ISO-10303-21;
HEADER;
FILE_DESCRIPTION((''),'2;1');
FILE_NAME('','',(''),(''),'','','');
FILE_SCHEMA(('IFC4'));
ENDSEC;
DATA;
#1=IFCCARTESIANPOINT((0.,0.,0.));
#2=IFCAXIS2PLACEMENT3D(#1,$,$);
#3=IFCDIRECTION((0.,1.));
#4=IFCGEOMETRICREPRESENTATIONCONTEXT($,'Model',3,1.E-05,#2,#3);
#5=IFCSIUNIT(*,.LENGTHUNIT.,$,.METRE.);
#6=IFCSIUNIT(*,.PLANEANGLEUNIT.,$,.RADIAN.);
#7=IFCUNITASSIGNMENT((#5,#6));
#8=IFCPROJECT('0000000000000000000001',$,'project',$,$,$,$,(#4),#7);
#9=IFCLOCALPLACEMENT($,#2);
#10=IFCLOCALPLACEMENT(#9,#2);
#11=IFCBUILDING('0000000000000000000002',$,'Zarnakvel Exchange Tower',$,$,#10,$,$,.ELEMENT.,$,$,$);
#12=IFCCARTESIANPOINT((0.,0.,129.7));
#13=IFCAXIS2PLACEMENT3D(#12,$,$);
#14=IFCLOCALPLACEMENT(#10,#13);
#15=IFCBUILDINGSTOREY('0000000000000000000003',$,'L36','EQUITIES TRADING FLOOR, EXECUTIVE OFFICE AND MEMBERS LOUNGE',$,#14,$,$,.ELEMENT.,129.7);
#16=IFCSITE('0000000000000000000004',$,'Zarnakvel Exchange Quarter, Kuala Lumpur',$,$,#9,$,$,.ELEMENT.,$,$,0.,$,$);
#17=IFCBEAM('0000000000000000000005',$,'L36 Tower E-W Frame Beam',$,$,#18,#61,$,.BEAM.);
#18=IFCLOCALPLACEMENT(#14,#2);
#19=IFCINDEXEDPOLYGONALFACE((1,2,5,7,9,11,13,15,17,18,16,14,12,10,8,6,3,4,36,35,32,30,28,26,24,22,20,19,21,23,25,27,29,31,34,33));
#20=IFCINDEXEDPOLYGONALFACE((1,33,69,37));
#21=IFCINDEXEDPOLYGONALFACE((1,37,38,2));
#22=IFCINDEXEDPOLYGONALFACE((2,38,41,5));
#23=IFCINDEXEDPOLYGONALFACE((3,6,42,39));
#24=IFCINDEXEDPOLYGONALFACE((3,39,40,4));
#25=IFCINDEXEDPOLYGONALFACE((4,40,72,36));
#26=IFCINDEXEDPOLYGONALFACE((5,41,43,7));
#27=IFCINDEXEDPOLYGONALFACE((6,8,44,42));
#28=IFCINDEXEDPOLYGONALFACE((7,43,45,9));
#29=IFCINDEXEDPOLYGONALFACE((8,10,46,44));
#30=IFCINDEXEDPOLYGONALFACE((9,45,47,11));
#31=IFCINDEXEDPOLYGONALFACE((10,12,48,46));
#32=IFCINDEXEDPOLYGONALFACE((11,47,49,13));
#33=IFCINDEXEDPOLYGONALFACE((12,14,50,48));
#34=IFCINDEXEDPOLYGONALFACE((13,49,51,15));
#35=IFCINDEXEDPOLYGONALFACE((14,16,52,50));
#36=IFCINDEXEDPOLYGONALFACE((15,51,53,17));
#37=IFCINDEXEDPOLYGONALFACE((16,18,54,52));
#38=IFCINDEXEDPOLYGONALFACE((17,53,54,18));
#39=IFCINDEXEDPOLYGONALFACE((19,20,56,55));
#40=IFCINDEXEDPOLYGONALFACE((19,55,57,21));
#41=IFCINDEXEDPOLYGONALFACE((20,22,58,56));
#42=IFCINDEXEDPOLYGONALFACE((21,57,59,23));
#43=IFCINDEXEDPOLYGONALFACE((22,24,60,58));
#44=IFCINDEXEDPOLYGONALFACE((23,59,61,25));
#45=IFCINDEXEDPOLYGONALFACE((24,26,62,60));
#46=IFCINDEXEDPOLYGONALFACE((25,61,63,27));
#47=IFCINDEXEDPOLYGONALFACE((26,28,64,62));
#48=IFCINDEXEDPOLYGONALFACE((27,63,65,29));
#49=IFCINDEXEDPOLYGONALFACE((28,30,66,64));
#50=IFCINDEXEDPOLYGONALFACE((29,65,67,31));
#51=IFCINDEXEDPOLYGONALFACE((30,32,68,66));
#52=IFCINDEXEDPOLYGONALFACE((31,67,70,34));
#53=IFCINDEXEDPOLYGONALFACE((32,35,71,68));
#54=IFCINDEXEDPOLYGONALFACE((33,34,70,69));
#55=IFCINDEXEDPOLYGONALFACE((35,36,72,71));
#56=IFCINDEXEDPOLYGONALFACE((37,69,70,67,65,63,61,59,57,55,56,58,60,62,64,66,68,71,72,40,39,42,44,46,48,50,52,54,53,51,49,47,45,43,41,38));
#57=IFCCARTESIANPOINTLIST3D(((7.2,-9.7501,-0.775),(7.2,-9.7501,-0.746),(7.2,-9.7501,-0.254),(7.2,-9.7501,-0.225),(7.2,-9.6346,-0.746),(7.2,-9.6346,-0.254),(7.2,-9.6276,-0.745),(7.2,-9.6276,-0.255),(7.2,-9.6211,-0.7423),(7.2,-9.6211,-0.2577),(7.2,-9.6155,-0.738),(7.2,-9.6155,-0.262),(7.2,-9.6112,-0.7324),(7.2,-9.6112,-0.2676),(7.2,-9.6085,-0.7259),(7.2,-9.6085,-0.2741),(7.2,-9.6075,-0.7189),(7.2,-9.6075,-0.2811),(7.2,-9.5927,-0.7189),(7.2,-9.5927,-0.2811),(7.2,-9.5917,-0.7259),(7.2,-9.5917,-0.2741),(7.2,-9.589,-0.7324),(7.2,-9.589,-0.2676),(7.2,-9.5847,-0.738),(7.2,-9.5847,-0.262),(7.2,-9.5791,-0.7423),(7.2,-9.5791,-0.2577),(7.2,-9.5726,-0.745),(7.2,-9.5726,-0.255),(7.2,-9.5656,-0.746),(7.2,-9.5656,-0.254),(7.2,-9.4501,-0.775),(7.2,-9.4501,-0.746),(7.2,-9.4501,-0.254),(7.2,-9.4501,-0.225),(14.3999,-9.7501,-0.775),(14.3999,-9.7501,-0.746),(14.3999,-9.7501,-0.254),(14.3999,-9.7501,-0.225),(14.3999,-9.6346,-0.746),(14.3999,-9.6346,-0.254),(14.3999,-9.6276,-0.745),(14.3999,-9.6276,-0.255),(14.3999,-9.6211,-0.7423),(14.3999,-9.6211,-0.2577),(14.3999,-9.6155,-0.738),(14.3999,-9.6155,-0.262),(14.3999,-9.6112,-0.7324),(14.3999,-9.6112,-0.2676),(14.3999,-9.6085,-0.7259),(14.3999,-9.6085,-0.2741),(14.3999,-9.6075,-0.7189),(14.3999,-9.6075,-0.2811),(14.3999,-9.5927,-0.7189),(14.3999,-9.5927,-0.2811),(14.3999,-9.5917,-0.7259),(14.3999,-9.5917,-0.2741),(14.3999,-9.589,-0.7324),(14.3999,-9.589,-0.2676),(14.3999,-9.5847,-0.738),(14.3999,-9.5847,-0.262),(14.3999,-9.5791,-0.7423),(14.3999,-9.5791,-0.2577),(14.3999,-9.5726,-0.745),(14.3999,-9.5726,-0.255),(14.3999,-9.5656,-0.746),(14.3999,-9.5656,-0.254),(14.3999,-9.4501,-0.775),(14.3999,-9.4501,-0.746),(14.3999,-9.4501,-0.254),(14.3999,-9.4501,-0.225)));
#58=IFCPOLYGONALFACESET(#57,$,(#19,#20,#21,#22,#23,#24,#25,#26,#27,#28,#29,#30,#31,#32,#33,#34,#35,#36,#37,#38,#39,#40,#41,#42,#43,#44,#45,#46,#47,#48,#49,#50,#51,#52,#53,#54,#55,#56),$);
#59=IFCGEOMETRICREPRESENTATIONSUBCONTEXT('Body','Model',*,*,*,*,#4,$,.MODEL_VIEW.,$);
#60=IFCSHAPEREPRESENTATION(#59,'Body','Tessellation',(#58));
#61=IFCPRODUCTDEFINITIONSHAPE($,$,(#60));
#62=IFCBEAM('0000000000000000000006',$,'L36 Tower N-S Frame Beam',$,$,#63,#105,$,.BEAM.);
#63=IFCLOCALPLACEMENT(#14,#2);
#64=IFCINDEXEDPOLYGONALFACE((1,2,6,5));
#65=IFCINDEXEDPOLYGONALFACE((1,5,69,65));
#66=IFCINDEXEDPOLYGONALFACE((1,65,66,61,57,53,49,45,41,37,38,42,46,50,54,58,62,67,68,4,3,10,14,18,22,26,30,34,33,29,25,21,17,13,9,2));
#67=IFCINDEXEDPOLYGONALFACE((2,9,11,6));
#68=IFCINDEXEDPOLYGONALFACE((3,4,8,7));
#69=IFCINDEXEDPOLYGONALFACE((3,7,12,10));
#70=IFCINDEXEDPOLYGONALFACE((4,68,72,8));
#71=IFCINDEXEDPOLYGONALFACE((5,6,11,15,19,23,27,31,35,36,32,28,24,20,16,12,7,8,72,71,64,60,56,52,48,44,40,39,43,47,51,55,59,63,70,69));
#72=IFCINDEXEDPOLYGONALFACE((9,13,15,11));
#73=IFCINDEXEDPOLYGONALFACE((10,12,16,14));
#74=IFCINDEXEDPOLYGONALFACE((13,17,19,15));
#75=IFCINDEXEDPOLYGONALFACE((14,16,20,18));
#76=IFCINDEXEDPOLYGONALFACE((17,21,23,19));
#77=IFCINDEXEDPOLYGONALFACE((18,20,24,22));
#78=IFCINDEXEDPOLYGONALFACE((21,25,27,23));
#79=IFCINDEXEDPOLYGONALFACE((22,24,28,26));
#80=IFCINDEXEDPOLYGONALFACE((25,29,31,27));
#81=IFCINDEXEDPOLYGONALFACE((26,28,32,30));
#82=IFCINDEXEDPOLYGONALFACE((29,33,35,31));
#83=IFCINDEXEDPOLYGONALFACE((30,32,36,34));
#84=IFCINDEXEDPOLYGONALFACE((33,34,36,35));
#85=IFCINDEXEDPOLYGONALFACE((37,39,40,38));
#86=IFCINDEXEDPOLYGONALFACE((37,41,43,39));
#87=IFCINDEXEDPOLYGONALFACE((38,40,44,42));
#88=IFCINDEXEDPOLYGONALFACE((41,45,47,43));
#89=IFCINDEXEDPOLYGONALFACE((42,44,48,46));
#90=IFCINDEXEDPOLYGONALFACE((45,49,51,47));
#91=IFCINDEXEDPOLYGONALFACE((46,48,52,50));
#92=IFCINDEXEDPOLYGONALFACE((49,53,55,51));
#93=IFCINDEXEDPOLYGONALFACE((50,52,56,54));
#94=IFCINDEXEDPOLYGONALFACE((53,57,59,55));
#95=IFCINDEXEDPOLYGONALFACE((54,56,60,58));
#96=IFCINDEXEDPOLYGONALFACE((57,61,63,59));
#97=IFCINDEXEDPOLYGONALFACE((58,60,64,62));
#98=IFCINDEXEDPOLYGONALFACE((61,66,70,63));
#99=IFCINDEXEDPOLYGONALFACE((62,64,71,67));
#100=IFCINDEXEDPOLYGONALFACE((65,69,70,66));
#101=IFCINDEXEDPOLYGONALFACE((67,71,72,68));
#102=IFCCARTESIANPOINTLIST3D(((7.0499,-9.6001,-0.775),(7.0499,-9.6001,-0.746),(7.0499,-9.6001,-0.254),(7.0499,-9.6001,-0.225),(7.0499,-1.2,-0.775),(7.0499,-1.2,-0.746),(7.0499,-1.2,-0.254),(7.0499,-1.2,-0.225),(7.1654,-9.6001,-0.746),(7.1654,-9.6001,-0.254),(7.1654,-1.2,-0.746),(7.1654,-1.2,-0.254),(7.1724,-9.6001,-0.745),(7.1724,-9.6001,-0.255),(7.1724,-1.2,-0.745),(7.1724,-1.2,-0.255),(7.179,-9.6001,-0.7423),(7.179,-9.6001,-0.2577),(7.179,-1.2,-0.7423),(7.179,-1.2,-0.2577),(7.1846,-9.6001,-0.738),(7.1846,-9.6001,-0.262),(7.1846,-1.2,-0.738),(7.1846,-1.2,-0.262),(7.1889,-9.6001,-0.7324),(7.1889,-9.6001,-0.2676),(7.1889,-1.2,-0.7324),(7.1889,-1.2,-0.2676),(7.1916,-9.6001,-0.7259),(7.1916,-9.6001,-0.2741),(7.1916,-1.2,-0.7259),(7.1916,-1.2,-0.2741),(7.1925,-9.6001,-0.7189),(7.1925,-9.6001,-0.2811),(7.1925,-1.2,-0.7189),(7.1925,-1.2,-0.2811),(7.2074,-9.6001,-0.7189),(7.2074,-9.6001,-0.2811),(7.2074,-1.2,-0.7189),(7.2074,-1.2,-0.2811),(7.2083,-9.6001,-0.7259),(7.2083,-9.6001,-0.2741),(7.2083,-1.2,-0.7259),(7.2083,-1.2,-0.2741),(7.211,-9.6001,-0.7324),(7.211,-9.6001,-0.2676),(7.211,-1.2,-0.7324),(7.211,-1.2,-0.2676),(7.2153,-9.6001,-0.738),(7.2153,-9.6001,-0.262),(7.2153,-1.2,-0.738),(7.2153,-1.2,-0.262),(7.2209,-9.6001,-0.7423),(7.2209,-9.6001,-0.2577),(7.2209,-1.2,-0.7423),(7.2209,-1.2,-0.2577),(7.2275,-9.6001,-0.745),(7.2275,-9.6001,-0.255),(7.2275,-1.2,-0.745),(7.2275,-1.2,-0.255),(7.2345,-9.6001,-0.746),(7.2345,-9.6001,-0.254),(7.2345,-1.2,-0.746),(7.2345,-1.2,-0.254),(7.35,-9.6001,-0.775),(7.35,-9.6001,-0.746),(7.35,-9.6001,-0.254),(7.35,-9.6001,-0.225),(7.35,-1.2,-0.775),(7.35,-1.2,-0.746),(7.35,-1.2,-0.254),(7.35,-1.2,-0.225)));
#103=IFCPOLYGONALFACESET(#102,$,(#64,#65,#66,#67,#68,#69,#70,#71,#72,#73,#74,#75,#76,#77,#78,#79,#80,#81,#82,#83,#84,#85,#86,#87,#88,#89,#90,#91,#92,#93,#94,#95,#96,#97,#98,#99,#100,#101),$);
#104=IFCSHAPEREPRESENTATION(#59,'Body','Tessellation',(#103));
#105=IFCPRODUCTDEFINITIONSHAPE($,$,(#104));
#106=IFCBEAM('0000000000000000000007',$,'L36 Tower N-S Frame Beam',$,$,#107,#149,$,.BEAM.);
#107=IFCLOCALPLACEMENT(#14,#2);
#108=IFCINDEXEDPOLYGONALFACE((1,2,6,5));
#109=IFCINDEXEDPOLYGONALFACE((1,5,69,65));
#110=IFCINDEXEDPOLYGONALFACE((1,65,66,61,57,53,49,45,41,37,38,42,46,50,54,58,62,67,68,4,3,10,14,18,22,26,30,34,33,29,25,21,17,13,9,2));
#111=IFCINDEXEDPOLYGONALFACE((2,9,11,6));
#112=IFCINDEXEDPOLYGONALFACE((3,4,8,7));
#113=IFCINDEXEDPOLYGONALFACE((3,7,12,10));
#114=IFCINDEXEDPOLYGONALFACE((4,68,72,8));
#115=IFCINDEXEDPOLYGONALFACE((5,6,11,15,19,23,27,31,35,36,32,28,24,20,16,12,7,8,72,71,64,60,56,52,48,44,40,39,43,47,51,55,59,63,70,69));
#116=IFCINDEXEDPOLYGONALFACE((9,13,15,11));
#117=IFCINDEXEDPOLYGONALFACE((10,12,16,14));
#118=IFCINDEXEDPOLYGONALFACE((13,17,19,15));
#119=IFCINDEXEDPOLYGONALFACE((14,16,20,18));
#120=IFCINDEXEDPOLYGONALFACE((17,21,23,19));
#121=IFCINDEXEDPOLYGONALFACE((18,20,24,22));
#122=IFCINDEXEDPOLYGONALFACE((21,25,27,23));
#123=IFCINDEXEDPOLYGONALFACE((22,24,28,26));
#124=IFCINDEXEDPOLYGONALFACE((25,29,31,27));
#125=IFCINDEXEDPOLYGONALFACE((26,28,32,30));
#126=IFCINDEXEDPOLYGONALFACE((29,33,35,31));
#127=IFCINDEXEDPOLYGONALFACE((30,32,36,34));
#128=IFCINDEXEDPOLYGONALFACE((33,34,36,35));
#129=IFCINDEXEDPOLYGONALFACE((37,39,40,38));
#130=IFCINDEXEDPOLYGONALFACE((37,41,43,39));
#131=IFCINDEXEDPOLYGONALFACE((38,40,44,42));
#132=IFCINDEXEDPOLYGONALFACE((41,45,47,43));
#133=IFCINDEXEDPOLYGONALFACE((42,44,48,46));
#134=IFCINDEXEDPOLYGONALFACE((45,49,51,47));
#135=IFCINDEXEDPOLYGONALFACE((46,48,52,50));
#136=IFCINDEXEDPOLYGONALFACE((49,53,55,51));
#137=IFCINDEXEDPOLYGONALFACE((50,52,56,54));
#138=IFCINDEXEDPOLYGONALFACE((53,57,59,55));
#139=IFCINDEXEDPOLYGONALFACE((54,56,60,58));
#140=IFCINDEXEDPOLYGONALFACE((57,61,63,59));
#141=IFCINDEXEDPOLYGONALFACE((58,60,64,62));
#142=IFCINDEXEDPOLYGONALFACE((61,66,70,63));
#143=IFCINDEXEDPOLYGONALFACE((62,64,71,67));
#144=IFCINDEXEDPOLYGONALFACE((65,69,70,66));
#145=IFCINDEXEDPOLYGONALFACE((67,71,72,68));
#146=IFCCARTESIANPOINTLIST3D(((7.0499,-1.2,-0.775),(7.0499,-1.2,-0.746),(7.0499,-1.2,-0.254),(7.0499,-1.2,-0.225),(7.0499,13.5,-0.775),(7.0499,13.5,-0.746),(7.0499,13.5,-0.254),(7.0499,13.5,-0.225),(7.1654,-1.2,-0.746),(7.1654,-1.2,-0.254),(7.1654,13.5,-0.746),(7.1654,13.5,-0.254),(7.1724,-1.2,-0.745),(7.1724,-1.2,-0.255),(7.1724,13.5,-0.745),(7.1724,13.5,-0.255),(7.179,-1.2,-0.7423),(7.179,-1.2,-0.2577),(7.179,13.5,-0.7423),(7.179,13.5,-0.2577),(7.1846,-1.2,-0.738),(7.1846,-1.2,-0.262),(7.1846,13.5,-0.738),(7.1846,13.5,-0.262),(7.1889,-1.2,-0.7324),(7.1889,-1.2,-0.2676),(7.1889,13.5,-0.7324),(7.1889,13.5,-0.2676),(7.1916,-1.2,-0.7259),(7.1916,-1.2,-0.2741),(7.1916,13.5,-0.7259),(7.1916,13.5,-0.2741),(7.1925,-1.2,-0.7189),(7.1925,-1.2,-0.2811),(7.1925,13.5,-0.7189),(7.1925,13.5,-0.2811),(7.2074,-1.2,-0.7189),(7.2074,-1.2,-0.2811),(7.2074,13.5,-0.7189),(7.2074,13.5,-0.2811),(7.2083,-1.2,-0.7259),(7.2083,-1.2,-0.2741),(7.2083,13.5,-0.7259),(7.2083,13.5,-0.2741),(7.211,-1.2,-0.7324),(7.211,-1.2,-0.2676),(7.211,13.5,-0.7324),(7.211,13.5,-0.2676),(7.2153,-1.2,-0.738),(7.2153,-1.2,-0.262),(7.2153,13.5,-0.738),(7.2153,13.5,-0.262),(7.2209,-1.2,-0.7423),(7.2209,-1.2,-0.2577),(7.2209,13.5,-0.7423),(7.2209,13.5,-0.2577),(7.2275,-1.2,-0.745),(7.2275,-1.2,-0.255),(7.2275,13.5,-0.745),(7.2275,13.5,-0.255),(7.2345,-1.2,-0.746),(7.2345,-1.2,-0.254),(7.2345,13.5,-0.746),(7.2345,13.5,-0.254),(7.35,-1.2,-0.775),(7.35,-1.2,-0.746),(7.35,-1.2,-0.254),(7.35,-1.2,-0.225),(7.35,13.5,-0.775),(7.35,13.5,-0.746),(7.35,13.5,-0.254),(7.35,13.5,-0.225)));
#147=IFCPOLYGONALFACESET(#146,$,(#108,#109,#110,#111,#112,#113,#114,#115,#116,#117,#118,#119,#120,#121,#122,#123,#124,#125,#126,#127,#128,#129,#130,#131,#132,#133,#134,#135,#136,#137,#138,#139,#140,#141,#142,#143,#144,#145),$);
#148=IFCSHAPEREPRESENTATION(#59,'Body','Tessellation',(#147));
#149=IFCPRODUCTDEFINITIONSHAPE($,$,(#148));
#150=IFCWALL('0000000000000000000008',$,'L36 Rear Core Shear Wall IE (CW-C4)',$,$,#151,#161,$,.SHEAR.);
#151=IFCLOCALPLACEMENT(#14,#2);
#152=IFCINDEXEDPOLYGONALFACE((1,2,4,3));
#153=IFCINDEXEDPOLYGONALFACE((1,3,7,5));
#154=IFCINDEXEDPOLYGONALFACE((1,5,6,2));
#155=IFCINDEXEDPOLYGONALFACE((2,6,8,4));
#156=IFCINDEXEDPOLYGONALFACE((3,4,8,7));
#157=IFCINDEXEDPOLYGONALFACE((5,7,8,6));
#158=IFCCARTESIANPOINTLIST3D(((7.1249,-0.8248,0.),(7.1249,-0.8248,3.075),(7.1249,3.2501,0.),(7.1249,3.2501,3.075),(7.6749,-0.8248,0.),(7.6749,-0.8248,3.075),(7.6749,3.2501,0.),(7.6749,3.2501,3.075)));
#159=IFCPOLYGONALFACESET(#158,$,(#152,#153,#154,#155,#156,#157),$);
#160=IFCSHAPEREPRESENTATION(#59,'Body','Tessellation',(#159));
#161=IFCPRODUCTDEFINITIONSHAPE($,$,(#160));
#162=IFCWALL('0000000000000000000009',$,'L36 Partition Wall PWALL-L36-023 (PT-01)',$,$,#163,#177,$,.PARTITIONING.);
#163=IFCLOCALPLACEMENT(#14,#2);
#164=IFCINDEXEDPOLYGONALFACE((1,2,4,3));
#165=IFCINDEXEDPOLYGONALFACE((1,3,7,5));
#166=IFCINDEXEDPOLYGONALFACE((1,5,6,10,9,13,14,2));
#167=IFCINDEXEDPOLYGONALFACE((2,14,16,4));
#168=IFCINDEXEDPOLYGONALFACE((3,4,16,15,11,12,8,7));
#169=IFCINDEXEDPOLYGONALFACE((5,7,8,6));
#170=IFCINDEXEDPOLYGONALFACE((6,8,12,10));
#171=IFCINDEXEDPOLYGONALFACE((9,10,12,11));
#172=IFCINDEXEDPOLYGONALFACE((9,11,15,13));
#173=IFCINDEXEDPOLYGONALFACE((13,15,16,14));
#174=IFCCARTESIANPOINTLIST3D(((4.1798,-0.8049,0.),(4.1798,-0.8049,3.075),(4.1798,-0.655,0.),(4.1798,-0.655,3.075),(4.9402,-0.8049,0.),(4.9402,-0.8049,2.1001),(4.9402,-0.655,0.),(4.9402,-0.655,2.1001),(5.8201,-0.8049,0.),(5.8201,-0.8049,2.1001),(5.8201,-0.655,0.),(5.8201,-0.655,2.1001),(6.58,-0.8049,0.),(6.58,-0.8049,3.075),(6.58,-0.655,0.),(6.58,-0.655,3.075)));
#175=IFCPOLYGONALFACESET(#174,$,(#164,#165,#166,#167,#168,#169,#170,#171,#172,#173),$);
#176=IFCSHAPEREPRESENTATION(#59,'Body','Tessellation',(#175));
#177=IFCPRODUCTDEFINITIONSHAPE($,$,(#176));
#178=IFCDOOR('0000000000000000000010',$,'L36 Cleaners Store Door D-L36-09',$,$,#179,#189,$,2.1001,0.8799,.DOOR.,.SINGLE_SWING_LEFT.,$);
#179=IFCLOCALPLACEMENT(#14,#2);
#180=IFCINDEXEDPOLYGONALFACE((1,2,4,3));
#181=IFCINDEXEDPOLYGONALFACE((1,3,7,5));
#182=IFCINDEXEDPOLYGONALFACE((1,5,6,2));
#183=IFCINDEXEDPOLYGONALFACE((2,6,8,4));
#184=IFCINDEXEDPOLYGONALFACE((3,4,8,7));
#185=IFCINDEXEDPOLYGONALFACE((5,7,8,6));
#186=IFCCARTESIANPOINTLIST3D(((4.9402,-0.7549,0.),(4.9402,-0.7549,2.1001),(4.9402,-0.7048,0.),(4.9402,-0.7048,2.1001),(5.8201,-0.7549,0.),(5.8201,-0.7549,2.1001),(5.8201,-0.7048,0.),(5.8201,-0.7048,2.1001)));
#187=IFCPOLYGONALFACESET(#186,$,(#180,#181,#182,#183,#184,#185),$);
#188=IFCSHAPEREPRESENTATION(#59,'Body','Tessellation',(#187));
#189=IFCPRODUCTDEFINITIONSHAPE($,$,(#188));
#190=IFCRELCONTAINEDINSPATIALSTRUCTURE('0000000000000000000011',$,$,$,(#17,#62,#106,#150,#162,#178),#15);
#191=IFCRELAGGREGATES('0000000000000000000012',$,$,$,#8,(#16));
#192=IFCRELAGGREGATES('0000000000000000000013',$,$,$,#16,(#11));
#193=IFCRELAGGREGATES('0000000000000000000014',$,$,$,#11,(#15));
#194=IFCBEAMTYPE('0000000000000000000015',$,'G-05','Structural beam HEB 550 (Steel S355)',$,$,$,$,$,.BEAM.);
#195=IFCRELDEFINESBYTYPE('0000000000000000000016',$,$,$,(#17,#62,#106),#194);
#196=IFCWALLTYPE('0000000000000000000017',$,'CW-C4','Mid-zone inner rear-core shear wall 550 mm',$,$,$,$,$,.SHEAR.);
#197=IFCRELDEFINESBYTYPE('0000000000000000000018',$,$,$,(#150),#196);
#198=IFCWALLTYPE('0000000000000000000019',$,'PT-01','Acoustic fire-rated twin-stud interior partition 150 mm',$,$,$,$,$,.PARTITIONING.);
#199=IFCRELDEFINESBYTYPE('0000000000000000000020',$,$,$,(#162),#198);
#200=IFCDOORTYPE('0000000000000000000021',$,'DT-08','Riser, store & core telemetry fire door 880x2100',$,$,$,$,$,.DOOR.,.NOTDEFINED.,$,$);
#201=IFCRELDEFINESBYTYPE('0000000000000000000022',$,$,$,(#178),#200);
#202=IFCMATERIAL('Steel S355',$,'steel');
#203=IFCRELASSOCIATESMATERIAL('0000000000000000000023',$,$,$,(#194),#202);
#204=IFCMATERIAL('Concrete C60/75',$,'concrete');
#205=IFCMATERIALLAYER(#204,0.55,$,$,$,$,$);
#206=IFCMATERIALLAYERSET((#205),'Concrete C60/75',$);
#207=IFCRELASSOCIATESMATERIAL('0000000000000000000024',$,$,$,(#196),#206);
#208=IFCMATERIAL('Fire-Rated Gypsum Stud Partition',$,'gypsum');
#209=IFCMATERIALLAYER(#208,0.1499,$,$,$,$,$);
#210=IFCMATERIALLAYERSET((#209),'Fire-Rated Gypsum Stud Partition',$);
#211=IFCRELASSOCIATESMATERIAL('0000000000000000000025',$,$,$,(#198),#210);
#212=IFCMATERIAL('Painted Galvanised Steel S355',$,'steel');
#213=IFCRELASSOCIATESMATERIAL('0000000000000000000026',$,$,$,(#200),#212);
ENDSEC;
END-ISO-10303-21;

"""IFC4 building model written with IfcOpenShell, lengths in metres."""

from ifc_helpers import new_model, si_unit, direction, frame, frame_2d, origin, origin_2d, place, context, subcontext, project, spatial, rectangle, i_section, extrude, source, transform, mapped, material, layer, layer_set, material_profile, profile_set, type_object, element, fill, save


model = new_model("IFC4")

# Units and contexts
model_context = context("Model", 3, precision=1e-05, world=origin(), true_north=direction((0.0, 1.0)))
body_context = subcontext(model_context, "Body", "Model", "MODEL_VIEW")
ifc_project = project(units=[si_unit("LENGTHUNIT", "METRE"), si_unit("PLANEANGLEUNIT", "RADIAN")], contexts=[model_context])

# Site, building, storey
site_placement = place(None, origin())
site = spatial("IfcSite", under=ifc_project, at=site_placement, Name="Zarnakvel Exchange Quarter, Kuala Lumpur", CompositionType="ELEMENT", RefElevation=0.0)
building_placement = place(site_placement, origin())
building = spatial("IfcBuilding", under=site, at=building_placement, Name="Zarnakvel Exchange Tower", CompositionType="ELEMENT")
storey_placement = place(building_placement, frame((0.0, 0.0, 129.7)))
storey = spatial("IfcBuildingStorey", under=building, at=storey_placement, Name="L36", Description="EQUITIES TRADING FLOOR, EXECUTIVE OFFICE AND MEMBERS LOUNGE", CompositionType="ELEMENT", Elevation=129.7)

# Shared definitions
ifc_material_1 = material(Name="Concrete C60/75", Category="concrete")

# Beams
ifc_material_2 = material(Name="Steel S355", Category="steel")
ifc_material_profile_1 = material_profile(ifc_material_2, i_section(OverallWidth=0.3, OverallDepth=0.55, WebThickness=0.0149, FlangeThickness=0.0291, FilletRadius=0.0271, at=origin_2d()))
ifc_profile_set_1 = profile_set([ifc_material_profile_1], Name="Steel S355")
beam_type_1 = type_object("IfcBeamType", Name="G-05", Description="Structural beam HEB 550 (Steel S355)", PredefinedType="BEAM", material=ifc_profile_set_1)
beam_1_placement = place(storey_placement, frame((7.2, -9.6001, -0.5), z_axis=(1.0, 0.0, 0.0), x_axis=(0.0, 1.0, 0.0)))
element("IfcBeam", 1, at=beam_1_placement, inside=storey, type_object=beam_type_1, Name="L36 Tower E-W Frame Beam", PredefinedType="BEAM", context=body_context, shape_type="SweptSolid", body=[
    extrude(i_section(OverallWidth=0.3, OverallDepth=0.55, WebThickness=0.0149, FlangeThickness=0.0291, FilletRadius=0.0271, at=origin_2d()), origin(), (0.0, 0.0, 1.0), 7.2),
])
beam_2_placement = place(storey_placement, frame((7.2, -9.6001, -0.5), z_axis=(0.0, 1.0, 0.0), x_axis=(-1.0, 0.0, 0.0)))
element("IfcBeam", 2, at=beam_2_placement, inside=storey, type_object=beam_type_1, Name="L36 Tower N-S Frame Beam", PredefinedType="BEAM", context=body_context, shape_type="SweptSolid", body=[
    extrude(i_section(OverallWidth=0.3, OverallDepth=0.55, WebThickness=0.0149, FlangeThickness=0.0291, FilletRadius=0.0271, at=origin_2d()), origin(), (0.0, 0.0, 1.0), 8.4001),
])
beam_3_placement = place(storey_placement, frame((7.2, -1.2, -0.5), z_axis=(0.0, 1.0, 0.0), x_axis=(-1.0, 0.0, 0.0)))
element("IfcBeam", 3, at=beam_3_placement, inside=storey, type_object=beam_type_1, Name="L36 Tower N-S Frame Beam", PredefinedType="BEAM", context=body_context, shape_type="SweptSolid", body=[
    extrude(i_section(OverallWidth=0.3, OverallDepth=0.55, WebThickness=0.0149, FlangeThickness=0.0291, FilletRadius=0.0271, at=origin_2d()), origin(), (0.0, 0.0, 1.0), 14.7),
])

# Shared definitions
ifc_material_3 = material(Name="Painted Galvanised Steel S355", Category="steel")

# Wall
ifc_layer_1 = layer(ifc_material_1, 0.55)
ifc_layer_set_1 = layer_set([ifc_layer_1], Name="Concrete C60/75")
wall_type_1 = type_object("IfcWallType", Name="CW-C4", Description="Mid-zone inner rear-core shear wall 550 mm", PredefinedType="SHEAR", material=ifc_layer_set_1)
wall_1_placement = place(storey_placement, frame((7.3999, -0.825, 0.0), z_axis=(0.0, 0.0, 1.0), x_axis=(0.0, 1.0, 0.0)))
element("IfcWall", 4, at=wall_1_placement, inside=storey, type_object=wall_type_1, Name="L36 Rear Core Shear Wall IE (CW-C4)", PredefinedType="SHEAR", context=body_context, shape_type="SweptSolid", body=[
    extrude(rectangle(XDim=4.075, YDim=0.55, at=frame_2d((2.0376, 0.0))), origin(), (0.0, 0.0, 1.0), 3.075),
])

# Wall, opening, door
ifc_material_4 = material(Name="Fire-Rated Gypsum Stud Partition", Category="gypsum")
ifc_layer_2 = layer(ifc_material_4, 0.1499)
ifc_layer_set_2 = layer_set([ifc_layer_2], Name="Fire-Rated Gypsum Stud Partition")
wall_type_2 = type_object("IfcWallType", Name="PT-01", Description="Acoustic fire-rated twin-stud interior partition 150 mm", PredefinedType="PARTITIONING", material=ifc_layer_set_2)
wall_2_placement = place(storey_placement, frame((6.5801, -0.73, 0.0), z_axis=(0.0, 0.0, 1.0), x_axis=(-1.0, 0.0, 0.0)))
wall_2 = element("IfcWall", 5, at=wall_2_placement, inside=storey, type_object=wall_type_2, Name="L36 Partition Wall PWALL-L36-023 (PT-01)", PredefinedType="PARTITIONING", context=body_context, shape_type="SweptSolid", body=[
    extrude(rectangle(XDim=2.4001, YDim=0.1499, at=frame_2d((1.2002, 0.0))), origin(), (0.0, 0.0, 1.0), 3.075),
])
opening_1_placement = place(wall_2_placement, frame((0.76, 0.0, 0.0)))
opening_1 = element("IfcOpeningElement", 6, at=opening_1_placement, cuts=wall_2, PredefinedType="OPENING", context=body_context, shape_type="SweptSolid", body=[
    extrude(rectangle(XDim=0.8799, YDim=2.1001, at=frame_2d((0.4399, 1.05))), frame((0.0, 0.085, 0.0), z_axis=(0.0, -1.0, 0.0), x_axis=(1.0, 0.0, 0.0)), (0.0, 0.0, 1.0), 0.1699),
])
door_type_1 = type_object("IfcDoorType", Name="DT-08", Description="Riser, store & core telemetry fire door 880x2100", OperationType="NOTDEFINED", PredefinedType="DOOR", material=ifc_material_3)
shared_shape_1 = source(origin(), body_context, "Body", "SweptSolid", [
    extrude(rectangle(XDim=0.8799, YDim=2.1001, at=frame_2d((0.4399, 1.05))), frame((0.0, 0.0249, 0.0), z_axis=(0.0, -1.0, 0.0), x_axis=(1.0, 0.0, 0.0)), (0.0, 0.0, 1.0), 0.05),
])
door_1_placement = place(opening_1_placement, origin())
door_1 = element("IfcDoor", 7, at=door_1_placement, inside=storey, type_object=door_type_1, Name="L36 Cleaners Store Door D-L36-09", OperationType="SINGLE_SWING_LEFT", OverallHeight=2.1001, OverallWidth=0.8799, PredefinedType="DOOR", context=body_context, shape_type="MappedRepresentation", body=[
    mapped(shared_shape_1, transform((0.0, 0.0, 0.0), x_axis=(1.0, 0.0, 0.0), y_axis=(0.0, 1.0, 0.0), z_axis=(0.0, 0.0, 1.0), scale=1.0)),
])
fill(opening_1, door_1)

save(model, "model.ifc")
